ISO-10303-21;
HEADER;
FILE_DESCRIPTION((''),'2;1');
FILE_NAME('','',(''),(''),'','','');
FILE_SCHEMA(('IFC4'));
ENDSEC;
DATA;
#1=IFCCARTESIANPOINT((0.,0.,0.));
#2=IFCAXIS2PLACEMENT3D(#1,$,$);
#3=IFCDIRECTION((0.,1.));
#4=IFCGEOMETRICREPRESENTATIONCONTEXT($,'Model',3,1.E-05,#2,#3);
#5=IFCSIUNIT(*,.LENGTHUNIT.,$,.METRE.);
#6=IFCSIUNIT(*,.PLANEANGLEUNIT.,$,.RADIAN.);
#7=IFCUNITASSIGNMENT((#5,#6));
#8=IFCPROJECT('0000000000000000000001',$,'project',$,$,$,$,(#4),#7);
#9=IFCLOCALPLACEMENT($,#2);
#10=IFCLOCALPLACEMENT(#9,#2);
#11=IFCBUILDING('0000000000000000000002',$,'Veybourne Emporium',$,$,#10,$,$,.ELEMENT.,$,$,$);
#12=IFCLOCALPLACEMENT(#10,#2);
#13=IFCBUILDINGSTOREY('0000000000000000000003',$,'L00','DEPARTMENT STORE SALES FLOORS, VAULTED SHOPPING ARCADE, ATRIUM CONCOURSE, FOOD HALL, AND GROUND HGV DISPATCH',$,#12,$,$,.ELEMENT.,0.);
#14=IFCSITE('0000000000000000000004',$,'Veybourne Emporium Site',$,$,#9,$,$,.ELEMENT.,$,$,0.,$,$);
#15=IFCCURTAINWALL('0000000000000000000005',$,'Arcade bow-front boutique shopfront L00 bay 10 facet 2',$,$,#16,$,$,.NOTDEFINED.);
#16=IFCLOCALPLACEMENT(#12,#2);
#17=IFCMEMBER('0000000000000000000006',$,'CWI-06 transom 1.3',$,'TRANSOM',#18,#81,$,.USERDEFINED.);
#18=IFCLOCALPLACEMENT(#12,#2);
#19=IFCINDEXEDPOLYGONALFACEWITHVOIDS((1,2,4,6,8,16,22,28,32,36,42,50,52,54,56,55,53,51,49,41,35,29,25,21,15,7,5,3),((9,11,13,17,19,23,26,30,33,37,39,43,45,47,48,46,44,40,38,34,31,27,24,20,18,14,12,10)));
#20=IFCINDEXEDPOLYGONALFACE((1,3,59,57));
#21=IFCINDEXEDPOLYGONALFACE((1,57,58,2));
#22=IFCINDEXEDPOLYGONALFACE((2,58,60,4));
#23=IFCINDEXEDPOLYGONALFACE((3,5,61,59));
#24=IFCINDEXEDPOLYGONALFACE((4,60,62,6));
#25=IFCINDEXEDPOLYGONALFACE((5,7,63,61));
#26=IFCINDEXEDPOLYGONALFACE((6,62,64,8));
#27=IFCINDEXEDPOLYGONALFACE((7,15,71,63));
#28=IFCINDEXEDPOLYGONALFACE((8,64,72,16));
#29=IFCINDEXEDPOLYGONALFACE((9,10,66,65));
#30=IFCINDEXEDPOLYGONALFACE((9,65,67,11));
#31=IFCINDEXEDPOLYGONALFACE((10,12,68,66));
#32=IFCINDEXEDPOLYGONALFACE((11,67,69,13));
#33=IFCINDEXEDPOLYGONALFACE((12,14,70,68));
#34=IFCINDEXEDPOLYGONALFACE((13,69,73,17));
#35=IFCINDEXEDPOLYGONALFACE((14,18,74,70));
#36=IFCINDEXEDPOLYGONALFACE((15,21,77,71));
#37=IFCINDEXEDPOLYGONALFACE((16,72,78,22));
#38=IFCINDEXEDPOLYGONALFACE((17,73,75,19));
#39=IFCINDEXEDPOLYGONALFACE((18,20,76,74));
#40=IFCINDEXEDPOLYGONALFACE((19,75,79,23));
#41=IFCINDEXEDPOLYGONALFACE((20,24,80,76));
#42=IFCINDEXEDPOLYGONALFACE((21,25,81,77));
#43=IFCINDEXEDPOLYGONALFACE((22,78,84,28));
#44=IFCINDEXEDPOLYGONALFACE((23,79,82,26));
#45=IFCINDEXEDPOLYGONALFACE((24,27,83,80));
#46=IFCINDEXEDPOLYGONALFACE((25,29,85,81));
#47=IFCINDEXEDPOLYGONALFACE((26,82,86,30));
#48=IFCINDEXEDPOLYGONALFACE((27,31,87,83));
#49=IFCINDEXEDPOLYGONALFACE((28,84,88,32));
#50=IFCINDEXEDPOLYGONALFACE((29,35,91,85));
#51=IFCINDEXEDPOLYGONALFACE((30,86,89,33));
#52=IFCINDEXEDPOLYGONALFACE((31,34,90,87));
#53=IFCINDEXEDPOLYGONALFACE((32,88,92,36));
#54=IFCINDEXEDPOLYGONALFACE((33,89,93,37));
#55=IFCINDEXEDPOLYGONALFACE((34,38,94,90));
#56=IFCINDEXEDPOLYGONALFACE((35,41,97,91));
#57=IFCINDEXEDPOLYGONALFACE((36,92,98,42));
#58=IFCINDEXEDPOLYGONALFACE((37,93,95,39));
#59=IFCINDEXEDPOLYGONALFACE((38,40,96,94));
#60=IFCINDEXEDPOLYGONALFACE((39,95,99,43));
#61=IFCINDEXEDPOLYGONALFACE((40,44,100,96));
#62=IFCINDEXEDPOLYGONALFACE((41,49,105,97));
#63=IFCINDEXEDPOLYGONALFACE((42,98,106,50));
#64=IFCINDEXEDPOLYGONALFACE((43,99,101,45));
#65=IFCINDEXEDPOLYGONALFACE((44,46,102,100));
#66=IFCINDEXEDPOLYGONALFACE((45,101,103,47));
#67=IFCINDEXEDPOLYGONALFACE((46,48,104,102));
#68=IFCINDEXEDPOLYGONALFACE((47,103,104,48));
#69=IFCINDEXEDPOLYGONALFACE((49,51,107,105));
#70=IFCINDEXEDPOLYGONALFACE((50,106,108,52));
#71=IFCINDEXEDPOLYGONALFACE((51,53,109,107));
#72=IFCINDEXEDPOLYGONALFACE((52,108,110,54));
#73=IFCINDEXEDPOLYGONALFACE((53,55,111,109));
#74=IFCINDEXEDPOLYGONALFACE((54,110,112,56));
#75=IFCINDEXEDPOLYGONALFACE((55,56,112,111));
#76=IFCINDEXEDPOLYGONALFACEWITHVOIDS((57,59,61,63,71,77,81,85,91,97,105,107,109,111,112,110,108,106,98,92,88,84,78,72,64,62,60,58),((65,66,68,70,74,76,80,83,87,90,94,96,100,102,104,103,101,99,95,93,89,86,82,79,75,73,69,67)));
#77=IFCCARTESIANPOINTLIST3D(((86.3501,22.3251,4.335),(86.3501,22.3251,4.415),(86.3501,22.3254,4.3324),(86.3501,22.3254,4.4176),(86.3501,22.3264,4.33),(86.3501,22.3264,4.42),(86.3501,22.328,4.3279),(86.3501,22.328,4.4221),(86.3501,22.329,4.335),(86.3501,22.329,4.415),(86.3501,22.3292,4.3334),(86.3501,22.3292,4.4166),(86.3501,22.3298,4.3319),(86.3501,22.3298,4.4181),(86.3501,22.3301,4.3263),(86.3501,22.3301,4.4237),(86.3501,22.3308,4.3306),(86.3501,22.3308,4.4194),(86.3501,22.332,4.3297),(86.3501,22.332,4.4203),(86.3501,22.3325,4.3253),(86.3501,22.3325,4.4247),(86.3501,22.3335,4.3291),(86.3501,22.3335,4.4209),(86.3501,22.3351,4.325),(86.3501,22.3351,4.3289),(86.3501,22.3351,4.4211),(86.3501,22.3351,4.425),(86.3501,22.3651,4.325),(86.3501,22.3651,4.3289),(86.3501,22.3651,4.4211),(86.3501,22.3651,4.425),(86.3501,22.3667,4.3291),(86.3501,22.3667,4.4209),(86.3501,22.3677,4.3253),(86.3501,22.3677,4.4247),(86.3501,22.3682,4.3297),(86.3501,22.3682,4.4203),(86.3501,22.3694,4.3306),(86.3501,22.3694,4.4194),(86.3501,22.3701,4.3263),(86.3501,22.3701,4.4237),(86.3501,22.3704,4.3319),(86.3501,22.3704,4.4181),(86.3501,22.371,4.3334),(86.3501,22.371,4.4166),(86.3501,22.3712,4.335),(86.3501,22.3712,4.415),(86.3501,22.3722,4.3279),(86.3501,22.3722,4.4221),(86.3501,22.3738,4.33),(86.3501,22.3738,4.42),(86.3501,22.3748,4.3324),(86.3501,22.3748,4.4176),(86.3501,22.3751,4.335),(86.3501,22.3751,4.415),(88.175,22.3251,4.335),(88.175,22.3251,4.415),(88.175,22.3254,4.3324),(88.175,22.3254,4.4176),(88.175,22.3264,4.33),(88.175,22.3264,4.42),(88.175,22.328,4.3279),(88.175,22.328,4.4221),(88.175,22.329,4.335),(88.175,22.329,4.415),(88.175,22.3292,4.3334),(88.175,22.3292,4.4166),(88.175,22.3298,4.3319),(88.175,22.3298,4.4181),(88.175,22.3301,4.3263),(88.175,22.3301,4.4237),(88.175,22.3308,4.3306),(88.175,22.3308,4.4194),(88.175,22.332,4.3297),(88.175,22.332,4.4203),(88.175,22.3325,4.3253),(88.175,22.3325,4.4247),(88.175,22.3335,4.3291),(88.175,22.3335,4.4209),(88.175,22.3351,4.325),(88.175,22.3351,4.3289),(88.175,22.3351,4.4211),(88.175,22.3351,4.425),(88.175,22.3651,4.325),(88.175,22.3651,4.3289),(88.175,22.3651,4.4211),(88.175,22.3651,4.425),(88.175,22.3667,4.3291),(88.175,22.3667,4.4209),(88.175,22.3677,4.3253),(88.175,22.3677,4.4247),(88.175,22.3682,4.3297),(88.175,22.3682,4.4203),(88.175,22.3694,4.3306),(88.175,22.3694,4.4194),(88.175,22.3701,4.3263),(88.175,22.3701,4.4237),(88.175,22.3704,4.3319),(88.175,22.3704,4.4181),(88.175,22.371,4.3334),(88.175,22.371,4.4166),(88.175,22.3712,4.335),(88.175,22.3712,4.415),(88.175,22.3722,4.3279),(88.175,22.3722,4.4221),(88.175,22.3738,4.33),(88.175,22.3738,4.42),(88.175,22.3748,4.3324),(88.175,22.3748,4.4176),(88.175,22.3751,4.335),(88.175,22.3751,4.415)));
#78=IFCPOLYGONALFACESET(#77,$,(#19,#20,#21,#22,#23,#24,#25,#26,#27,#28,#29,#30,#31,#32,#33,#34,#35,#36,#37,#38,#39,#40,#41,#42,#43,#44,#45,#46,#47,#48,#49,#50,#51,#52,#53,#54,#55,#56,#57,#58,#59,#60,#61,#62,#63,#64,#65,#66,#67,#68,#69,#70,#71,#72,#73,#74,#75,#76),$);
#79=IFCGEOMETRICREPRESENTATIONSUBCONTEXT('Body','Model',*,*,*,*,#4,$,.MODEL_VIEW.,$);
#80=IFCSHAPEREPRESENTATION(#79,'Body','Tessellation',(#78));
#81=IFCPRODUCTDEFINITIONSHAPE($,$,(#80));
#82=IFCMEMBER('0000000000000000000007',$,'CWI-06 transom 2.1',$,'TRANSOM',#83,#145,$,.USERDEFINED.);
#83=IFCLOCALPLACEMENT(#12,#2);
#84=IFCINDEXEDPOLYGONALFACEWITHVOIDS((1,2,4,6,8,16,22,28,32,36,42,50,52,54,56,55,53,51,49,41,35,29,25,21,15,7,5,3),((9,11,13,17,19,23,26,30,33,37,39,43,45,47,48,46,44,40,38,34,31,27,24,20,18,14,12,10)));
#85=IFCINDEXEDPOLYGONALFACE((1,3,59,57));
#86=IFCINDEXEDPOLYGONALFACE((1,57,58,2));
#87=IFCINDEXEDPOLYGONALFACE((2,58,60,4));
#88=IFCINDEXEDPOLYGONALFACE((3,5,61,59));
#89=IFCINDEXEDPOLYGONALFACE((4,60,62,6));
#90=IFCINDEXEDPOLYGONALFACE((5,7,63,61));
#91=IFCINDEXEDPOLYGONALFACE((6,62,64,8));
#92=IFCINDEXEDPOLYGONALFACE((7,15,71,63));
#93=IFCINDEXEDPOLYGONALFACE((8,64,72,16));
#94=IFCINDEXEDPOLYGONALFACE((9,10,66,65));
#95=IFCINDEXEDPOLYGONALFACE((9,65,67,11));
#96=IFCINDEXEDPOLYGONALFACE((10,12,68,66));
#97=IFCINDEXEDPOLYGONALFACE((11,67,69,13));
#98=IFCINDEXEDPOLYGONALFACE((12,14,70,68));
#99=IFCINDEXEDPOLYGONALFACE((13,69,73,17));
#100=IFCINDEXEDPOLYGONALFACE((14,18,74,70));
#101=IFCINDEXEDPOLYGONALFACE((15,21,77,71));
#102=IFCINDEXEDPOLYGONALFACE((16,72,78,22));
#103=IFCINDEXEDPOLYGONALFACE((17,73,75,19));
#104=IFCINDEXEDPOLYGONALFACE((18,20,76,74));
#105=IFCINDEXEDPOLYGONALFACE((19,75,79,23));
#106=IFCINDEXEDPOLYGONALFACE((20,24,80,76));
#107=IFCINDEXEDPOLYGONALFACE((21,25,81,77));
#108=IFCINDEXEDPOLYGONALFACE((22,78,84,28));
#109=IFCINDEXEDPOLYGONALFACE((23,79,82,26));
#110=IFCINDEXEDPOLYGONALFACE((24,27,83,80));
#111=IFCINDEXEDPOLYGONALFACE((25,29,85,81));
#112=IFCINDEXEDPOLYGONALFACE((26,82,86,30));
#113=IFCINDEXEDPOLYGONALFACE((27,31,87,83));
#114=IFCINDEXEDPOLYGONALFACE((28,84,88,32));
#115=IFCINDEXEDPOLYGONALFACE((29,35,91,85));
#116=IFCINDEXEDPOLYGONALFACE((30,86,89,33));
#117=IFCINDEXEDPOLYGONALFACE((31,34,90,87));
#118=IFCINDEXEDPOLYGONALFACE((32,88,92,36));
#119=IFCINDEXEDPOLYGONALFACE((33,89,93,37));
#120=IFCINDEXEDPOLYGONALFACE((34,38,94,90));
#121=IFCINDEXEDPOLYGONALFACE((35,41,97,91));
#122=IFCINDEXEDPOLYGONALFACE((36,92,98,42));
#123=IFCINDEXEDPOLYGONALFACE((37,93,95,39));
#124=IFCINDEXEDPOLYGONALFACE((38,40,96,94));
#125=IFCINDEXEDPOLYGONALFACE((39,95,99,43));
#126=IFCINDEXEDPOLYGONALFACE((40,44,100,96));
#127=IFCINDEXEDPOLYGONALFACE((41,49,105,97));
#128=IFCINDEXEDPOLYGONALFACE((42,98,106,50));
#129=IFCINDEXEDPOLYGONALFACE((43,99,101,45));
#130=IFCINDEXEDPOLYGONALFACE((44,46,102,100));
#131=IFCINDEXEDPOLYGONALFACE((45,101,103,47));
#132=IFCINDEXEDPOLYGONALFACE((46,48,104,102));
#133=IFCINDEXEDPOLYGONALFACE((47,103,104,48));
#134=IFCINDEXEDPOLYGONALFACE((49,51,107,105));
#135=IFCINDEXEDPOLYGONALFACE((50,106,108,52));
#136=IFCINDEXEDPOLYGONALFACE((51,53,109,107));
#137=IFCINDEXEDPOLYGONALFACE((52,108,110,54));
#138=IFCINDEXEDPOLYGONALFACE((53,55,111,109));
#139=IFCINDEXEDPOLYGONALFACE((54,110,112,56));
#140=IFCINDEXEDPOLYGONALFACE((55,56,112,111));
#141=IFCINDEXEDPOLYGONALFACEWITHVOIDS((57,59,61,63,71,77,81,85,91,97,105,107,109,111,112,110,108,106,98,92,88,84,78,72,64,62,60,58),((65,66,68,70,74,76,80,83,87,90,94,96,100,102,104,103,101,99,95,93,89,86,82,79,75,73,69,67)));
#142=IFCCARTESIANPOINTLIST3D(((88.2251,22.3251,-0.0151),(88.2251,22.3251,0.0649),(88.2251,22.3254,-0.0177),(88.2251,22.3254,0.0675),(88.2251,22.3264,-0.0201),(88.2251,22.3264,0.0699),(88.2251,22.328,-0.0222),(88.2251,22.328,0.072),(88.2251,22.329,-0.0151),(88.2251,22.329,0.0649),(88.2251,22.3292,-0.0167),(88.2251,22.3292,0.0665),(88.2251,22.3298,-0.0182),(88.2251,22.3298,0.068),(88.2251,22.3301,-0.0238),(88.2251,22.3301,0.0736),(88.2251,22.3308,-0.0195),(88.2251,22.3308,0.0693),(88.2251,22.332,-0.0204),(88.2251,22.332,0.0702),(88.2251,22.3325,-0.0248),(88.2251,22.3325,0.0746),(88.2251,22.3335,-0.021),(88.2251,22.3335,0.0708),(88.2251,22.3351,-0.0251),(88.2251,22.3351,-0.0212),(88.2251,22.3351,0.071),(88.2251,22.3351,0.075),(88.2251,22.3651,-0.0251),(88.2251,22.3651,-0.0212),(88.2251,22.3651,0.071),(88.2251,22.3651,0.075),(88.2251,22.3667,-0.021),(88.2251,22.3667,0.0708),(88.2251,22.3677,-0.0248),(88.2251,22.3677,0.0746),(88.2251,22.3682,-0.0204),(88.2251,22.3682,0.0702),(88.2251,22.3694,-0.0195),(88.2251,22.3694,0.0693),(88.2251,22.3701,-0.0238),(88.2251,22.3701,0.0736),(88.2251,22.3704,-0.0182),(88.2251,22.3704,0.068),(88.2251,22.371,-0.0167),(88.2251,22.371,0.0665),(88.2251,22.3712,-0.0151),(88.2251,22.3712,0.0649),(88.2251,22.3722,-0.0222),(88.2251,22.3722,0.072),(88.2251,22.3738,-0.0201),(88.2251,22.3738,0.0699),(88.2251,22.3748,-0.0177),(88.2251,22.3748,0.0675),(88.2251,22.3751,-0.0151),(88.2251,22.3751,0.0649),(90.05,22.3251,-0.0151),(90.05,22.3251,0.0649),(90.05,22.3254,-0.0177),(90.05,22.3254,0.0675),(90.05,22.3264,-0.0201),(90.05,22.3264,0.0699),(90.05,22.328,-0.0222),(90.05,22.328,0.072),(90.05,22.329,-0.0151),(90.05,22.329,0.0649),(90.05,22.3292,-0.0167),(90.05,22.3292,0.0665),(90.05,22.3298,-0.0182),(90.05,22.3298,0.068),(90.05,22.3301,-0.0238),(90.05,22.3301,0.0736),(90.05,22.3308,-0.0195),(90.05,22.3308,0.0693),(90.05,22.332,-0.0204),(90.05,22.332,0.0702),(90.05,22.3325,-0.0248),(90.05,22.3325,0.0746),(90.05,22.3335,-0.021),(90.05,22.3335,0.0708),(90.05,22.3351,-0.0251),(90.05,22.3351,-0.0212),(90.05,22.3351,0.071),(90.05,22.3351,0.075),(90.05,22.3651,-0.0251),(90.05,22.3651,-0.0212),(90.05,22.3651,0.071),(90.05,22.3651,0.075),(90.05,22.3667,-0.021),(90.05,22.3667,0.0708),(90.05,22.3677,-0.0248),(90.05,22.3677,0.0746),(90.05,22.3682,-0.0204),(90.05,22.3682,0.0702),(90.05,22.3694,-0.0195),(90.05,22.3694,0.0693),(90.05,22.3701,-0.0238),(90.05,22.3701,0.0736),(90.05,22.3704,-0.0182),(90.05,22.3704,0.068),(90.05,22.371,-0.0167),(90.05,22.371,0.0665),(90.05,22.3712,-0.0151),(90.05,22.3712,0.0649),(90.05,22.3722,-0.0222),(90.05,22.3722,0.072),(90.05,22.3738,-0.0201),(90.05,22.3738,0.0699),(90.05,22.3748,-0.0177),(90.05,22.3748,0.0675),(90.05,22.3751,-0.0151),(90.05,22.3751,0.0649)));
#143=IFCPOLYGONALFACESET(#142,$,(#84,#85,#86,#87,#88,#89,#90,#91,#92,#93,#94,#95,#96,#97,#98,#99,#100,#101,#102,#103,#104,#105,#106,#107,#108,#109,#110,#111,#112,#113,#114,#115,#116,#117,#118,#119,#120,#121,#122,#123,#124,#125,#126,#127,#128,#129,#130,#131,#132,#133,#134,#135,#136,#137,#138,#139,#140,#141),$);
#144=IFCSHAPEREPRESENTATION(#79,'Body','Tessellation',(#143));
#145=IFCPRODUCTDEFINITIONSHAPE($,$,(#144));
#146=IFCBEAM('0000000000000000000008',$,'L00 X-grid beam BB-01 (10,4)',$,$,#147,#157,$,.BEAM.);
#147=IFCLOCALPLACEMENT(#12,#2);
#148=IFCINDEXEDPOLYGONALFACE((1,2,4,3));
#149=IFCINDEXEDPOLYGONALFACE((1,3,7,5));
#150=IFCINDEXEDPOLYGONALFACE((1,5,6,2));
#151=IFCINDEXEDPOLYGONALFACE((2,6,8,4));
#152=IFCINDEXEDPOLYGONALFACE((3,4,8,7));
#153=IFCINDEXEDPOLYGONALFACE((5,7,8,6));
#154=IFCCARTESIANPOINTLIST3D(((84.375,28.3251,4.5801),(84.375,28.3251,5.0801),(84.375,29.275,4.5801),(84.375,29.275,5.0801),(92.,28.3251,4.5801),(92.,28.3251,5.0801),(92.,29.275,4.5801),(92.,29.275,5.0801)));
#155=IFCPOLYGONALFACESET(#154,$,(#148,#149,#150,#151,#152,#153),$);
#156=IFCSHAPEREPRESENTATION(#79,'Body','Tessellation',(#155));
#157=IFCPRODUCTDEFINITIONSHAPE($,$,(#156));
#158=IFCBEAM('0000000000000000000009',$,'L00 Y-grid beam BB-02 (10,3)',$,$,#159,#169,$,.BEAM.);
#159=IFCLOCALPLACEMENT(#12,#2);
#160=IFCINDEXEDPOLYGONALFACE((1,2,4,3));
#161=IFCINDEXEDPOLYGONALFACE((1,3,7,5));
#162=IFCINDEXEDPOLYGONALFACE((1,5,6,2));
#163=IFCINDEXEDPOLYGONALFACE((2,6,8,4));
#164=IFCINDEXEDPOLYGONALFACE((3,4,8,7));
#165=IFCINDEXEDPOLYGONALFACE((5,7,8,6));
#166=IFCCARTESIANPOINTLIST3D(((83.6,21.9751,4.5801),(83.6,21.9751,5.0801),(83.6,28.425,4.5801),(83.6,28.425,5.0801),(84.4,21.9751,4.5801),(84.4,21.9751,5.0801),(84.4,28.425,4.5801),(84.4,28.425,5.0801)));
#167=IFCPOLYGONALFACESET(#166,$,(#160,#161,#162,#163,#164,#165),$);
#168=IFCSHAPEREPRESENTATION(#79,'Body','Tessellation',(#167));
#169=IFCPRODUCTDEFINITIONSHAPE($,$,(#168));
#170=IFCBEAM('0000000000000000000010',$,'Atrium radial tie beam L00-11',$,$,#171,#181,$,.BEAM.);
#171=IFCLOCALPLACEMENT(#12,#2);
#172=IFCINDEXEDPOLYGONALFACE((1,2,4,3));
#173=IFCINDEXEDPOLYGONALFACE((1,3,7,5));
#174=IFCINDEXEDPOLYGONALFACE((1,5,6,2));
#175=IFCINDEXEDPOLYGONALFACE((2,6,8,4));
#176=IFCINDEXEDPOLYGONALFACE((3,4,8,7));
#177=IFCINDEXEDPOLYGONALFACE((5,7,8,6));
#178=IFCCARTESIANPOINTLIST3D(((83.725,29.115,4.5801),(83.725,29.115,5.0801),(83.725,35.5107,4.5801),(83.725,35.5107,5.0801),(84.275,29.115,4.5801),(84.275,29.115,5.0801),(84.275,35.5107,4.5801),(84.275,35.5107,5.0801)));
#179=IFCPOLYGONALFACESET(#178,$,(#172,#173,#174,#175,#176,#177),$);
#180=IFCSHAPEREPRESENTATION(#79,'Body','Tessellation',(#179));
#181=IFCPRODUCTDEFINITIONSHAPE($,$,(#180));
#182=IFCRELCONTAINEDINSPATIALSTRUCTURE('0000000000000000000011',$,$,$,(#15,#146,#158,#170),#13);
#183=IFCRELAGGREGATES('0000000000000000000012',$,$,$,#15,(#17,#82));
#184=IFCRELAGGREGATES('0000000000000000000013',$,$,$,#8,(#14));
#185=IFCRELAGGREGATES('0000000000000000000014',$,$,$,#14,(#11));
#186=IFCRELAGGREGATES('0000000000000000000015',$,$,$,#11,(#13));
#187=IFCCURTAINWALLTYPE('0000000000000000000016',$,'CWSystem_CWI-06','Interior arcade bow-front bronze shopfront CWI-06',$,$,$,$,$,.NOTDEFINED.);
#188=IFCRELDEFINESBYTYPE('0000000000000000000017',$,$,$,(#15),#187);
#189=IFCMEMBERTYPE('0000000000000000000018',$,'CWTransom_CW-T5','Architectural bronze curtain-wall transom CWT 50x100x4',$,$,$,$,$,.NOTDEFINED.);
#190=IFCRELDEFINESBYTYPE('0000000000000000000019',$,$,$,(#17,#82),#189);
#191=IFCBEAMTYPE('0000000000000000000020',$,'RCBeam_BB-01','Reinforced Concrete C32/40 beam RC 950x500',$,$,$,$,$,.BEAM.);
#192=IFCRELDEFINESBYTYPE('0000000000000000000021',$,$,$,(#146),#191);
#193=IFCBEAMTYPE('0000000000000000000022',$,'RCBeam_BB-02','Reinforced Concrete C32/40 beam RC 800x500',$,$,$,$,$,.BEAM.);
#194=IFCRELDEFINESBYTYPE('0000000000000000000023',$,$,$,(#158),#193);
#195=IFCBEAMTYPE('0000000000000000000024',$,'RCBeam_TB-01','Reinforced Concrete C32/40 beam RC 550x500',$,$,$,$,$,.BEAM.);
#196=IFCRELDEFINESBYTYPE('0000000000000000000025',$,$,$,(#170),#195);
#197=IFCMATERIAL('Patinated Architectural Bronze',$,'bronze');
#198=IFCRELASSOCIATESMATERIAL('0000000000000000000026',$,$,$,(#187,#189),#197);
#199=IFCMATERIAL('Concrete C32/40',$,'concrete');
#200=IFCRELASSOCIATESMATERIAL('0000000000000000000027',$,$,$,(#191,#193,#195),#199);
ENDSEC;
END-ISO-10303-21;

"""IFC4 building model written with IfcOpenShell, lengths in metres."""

from ifc_helpers import new_model, si_unit, direction, frame, origin, origin_2d, place, context, subcontext, project, spatial, rectangle, hollow_rectangle, extrude, material, material_profile, profile_set, type_object, element, aggregate, save


model = new_model("IFC4")

# Units and contexts
model_context = context("Model", 3, precision=1e-05, world=origin(), true_north=direction((0.0, 1.0)))
body_context = subcontext(model_context, "Body", "Model", "MODEL_VIEW")
ifc_project = project(units=[si_unit("LENGTHUNIT", "METRE"), si_unit("PLANEANGLEUNIT", "RADIAN")], contexts=[model_context])

# Site, building, storey
site_placement = place(None, origin())
site = spatial("IfcSite", under=ifc_project, at=site_placement, Name="Veybourne Emporium Site", CompositionType="ELEMENT", RefElevation=0.0)
building_placement = place(site_placement, origin())
building = spatial("IfcBuilding", under=site, at=building_placement, Name="Veybourne Emporium", CompositionType="ELEMENT")
storey_placement = place(building_placement, origin())
storey = spatial("IfcBuildingStorey", under=building, at=storey_placement, Name="L00", Description="DEPARTMENT STORE SALES FLOORS, VAULTED SHOPPING ARCADE, ATRIUM CONCOURSE, FOOD HALL, AND GROUND HGV DISPATCH", CompositionType="ELEMENT", Elevation=0.0)

# Shared definitions
ifc_material_1 = material(Name="Patinated Architectural Bronze", Category="bronze")

# Shared definitions
curtain_wall_type_1 = type_object("IfcCurtainWallType", Name="CWSystem_CWI-06", Description="Interior arcade bow-front bronze shopfront CWI-06", PredefinedType="NOTDEFINED", material=ifc_material_1)

# Curtain wall
curtain_wall_1_placement = place(storey_placement, origin())
curtain_wall_1 = element("IfcCurtainWall", 1, at=curtain_wall_1_placement, inside=storey, type_object=curtain_wall_type_1, Name="Arcade bow-front boutique shopfront L00 bay 10 facet 2", PredefinedType="NOTDEFINED")

# Members
ifc_material_profile_1 = material_profile(ifc_material_1, hollow_rectangle(XDim=0.05, YDim=0.1001, WallThickness=0.0039, InnerFilletRadius=0.0061, OuterFilletRadius=0.01, at=origin_2d()), Name="CWT 50x100x4")
ifc_profile_set_1 = profile_set([ifc_material_profile_1], Name="Patinated Architectural Bronze")
member_type_1 = type_object("IfcMemberType", Name="CWTransom_CW-T5", Description="Architectural bronze curtain-wall transom CWT 50x100x4", PredefinedType="NOTDEFINED", material=ifc_profile_set_1)
member_1_placement = place(storey_placement, frame((86.3501, 22.3501, 4.375), z_axis=(1.0, 0.0, 0.0), x_axis=(0.0, 1.0, 0.0)))
member_1 = element("IfcMember", 2, at=member_1_placement, type_object=member_type_1, Name="CWI-06 transom 1.3", ObjectType="TRANSOM", PredefinedType="USERDEFINED", context=body_context, shape_type="SweptSolid", body=[
    extrude(hollow_rectangle(XDim=0.05, YDim=0.1001, WallThickness=0.0039, InnerFilletRadius=0.0061, OuterFilletRadius=0.01, at=origin_2d()), origin(), (0.0, 0.0, 1.0), 1.825),
])
member_2_placement = place(storey_placement, frame((88.2251, 22.3501, 0.0249), z_axis=(1.0, 0.0, 0.0), x_axis=(0.0, 1.0, 0.0)))
member_2 = element("IfcMember", 3, at=member_2_placement, type_object=member_type_1, Name="CWI-06 transom 2.1", ObjectType="TRANSOM", PredefinedType="USERDEFINED", context=body_context, shape_type="SweptSolid", body=[
    extrude(hollow_rectangle(XDim=0.05, YDim=0.1001, WallThickness=0.0039, InnerFilletRadius=0.0061, OuterFilletRadius=0.01, at=origin_2d()), origin(), (0.0, 0.0, 1.0), 1.825),
])

# Beams
ifc_material_2 = material(Name="Concrete C32/40", Category="concrete")
ifc_material_profile_2 = material_profile(ifc_material_2, rectangle(XDim=0.95, YDim=0.5, at=origin_2d()), Name="RC 950x500")
ifc_profile_set_2 = profile_set([ifc_material_profile_2], Name="Concrete C32/40")
beam_type_1 = type_object("IfcBeamType", Name="RCBeam_BB-01", Description="Reinforced Concrete C32/40 beam RC 950x500", PredefinedType="BEAM", material=ifc_profile_set_2)
beam_1_placement = place(storey_placement, frame((84.375, 28.8, 4.8301), z_axis=(1.0, 0.0, 0.0), x_axis=(0.0, 1.0, 0.0)))
element("IfcBeam", 4, at=beam_1_placement, inside=storey, type_object=beam_type_1, Name="L00 X-grid beam BB-01 (10,4)", PredefinedType="BEAM", context=body_context, shape_type="SweptSolid", body=[
    extrude(rectangle(XDim=0.95, YDim=0.5, at=origin_2d()), origin(), (0.0, 0.0, 1.0), 7.625),
])
ifc_material_profile_3 = material_profile(ifc_material_2, rectangle(XDim=0.8, YDim=0.5, at=origin_2d()), Name="RC 800x500")
ifc_profile_set_3 = profile_set([ifc_material_profile_3], Name="Concrete C32/40")
beam_type_2 = type_object("IfcBeamType", Name="RCBeam_BB-02", Description="Reinforced Concrete C32/40 beam RC 800x500", PredefinedType="BEAM", material=ifc_profile_set_3)
beam_2_placement = place(storey_placement, frame((84.0, 21.9751, 4.8301), z_axis=(0.0, 1.0, 0.0), x_axis=(-1.0, 0.0, 0.0)))
element("IfcBeam", 5, at=beam_2_placement, inside=storey, type_object=beam_type_2, Name="L00 Y-grid beam BB-02 (10,3)", PredefinedType="BEAM", context=body_context, shape_type="SweptSolid", body=[
    extrude(rectangle(XDim=0.8, YDim=0.5, at=origin_2d()), origin(), (0.0, 0.0, 1.0), 6.45),
])
ifc_material_profile_4 = material_profile(ifc_material_2, rectangle(XDim=0.55, YDim=0.5, at=origin_2d()), Name="RC 550x500")
ifc_profile_set_4 = profile_set([ifc_material_profile_4], Name="Concrete C32/40")
beam_type_3 = type_object("IfcBeamType", Name="RCBeam_TB-01", Description="Reinforced Concrete C32/40 beam RC 550x500", PredefinedType="BEAM", material=ifc_profile_set_4)
beam_3_placement = place(storey_placement, frame((84.0, 35.5107, 4.8301), z_axis=(0.0, -1.0, 0.0), x_axis=(1.0, 0.0, 0.0)))
element("IfcBeam", 6, at=beam_3_placement, inside=storey, type_object=beam_type_3, Name="Atrium radial tie beam L00-11", PredefinedType="BEAM", context=body_context, shape_type="SweptSolid", body=[
    extrude(rectangle(XDim=0.55, YDim=0.5, at=origin_2d()), origin(), (0.0, 0.0, 1.0), 6.3958),
])

aggregate(curtain_wall_1, [member_1, member_2])

save(model, "model.ifc")
